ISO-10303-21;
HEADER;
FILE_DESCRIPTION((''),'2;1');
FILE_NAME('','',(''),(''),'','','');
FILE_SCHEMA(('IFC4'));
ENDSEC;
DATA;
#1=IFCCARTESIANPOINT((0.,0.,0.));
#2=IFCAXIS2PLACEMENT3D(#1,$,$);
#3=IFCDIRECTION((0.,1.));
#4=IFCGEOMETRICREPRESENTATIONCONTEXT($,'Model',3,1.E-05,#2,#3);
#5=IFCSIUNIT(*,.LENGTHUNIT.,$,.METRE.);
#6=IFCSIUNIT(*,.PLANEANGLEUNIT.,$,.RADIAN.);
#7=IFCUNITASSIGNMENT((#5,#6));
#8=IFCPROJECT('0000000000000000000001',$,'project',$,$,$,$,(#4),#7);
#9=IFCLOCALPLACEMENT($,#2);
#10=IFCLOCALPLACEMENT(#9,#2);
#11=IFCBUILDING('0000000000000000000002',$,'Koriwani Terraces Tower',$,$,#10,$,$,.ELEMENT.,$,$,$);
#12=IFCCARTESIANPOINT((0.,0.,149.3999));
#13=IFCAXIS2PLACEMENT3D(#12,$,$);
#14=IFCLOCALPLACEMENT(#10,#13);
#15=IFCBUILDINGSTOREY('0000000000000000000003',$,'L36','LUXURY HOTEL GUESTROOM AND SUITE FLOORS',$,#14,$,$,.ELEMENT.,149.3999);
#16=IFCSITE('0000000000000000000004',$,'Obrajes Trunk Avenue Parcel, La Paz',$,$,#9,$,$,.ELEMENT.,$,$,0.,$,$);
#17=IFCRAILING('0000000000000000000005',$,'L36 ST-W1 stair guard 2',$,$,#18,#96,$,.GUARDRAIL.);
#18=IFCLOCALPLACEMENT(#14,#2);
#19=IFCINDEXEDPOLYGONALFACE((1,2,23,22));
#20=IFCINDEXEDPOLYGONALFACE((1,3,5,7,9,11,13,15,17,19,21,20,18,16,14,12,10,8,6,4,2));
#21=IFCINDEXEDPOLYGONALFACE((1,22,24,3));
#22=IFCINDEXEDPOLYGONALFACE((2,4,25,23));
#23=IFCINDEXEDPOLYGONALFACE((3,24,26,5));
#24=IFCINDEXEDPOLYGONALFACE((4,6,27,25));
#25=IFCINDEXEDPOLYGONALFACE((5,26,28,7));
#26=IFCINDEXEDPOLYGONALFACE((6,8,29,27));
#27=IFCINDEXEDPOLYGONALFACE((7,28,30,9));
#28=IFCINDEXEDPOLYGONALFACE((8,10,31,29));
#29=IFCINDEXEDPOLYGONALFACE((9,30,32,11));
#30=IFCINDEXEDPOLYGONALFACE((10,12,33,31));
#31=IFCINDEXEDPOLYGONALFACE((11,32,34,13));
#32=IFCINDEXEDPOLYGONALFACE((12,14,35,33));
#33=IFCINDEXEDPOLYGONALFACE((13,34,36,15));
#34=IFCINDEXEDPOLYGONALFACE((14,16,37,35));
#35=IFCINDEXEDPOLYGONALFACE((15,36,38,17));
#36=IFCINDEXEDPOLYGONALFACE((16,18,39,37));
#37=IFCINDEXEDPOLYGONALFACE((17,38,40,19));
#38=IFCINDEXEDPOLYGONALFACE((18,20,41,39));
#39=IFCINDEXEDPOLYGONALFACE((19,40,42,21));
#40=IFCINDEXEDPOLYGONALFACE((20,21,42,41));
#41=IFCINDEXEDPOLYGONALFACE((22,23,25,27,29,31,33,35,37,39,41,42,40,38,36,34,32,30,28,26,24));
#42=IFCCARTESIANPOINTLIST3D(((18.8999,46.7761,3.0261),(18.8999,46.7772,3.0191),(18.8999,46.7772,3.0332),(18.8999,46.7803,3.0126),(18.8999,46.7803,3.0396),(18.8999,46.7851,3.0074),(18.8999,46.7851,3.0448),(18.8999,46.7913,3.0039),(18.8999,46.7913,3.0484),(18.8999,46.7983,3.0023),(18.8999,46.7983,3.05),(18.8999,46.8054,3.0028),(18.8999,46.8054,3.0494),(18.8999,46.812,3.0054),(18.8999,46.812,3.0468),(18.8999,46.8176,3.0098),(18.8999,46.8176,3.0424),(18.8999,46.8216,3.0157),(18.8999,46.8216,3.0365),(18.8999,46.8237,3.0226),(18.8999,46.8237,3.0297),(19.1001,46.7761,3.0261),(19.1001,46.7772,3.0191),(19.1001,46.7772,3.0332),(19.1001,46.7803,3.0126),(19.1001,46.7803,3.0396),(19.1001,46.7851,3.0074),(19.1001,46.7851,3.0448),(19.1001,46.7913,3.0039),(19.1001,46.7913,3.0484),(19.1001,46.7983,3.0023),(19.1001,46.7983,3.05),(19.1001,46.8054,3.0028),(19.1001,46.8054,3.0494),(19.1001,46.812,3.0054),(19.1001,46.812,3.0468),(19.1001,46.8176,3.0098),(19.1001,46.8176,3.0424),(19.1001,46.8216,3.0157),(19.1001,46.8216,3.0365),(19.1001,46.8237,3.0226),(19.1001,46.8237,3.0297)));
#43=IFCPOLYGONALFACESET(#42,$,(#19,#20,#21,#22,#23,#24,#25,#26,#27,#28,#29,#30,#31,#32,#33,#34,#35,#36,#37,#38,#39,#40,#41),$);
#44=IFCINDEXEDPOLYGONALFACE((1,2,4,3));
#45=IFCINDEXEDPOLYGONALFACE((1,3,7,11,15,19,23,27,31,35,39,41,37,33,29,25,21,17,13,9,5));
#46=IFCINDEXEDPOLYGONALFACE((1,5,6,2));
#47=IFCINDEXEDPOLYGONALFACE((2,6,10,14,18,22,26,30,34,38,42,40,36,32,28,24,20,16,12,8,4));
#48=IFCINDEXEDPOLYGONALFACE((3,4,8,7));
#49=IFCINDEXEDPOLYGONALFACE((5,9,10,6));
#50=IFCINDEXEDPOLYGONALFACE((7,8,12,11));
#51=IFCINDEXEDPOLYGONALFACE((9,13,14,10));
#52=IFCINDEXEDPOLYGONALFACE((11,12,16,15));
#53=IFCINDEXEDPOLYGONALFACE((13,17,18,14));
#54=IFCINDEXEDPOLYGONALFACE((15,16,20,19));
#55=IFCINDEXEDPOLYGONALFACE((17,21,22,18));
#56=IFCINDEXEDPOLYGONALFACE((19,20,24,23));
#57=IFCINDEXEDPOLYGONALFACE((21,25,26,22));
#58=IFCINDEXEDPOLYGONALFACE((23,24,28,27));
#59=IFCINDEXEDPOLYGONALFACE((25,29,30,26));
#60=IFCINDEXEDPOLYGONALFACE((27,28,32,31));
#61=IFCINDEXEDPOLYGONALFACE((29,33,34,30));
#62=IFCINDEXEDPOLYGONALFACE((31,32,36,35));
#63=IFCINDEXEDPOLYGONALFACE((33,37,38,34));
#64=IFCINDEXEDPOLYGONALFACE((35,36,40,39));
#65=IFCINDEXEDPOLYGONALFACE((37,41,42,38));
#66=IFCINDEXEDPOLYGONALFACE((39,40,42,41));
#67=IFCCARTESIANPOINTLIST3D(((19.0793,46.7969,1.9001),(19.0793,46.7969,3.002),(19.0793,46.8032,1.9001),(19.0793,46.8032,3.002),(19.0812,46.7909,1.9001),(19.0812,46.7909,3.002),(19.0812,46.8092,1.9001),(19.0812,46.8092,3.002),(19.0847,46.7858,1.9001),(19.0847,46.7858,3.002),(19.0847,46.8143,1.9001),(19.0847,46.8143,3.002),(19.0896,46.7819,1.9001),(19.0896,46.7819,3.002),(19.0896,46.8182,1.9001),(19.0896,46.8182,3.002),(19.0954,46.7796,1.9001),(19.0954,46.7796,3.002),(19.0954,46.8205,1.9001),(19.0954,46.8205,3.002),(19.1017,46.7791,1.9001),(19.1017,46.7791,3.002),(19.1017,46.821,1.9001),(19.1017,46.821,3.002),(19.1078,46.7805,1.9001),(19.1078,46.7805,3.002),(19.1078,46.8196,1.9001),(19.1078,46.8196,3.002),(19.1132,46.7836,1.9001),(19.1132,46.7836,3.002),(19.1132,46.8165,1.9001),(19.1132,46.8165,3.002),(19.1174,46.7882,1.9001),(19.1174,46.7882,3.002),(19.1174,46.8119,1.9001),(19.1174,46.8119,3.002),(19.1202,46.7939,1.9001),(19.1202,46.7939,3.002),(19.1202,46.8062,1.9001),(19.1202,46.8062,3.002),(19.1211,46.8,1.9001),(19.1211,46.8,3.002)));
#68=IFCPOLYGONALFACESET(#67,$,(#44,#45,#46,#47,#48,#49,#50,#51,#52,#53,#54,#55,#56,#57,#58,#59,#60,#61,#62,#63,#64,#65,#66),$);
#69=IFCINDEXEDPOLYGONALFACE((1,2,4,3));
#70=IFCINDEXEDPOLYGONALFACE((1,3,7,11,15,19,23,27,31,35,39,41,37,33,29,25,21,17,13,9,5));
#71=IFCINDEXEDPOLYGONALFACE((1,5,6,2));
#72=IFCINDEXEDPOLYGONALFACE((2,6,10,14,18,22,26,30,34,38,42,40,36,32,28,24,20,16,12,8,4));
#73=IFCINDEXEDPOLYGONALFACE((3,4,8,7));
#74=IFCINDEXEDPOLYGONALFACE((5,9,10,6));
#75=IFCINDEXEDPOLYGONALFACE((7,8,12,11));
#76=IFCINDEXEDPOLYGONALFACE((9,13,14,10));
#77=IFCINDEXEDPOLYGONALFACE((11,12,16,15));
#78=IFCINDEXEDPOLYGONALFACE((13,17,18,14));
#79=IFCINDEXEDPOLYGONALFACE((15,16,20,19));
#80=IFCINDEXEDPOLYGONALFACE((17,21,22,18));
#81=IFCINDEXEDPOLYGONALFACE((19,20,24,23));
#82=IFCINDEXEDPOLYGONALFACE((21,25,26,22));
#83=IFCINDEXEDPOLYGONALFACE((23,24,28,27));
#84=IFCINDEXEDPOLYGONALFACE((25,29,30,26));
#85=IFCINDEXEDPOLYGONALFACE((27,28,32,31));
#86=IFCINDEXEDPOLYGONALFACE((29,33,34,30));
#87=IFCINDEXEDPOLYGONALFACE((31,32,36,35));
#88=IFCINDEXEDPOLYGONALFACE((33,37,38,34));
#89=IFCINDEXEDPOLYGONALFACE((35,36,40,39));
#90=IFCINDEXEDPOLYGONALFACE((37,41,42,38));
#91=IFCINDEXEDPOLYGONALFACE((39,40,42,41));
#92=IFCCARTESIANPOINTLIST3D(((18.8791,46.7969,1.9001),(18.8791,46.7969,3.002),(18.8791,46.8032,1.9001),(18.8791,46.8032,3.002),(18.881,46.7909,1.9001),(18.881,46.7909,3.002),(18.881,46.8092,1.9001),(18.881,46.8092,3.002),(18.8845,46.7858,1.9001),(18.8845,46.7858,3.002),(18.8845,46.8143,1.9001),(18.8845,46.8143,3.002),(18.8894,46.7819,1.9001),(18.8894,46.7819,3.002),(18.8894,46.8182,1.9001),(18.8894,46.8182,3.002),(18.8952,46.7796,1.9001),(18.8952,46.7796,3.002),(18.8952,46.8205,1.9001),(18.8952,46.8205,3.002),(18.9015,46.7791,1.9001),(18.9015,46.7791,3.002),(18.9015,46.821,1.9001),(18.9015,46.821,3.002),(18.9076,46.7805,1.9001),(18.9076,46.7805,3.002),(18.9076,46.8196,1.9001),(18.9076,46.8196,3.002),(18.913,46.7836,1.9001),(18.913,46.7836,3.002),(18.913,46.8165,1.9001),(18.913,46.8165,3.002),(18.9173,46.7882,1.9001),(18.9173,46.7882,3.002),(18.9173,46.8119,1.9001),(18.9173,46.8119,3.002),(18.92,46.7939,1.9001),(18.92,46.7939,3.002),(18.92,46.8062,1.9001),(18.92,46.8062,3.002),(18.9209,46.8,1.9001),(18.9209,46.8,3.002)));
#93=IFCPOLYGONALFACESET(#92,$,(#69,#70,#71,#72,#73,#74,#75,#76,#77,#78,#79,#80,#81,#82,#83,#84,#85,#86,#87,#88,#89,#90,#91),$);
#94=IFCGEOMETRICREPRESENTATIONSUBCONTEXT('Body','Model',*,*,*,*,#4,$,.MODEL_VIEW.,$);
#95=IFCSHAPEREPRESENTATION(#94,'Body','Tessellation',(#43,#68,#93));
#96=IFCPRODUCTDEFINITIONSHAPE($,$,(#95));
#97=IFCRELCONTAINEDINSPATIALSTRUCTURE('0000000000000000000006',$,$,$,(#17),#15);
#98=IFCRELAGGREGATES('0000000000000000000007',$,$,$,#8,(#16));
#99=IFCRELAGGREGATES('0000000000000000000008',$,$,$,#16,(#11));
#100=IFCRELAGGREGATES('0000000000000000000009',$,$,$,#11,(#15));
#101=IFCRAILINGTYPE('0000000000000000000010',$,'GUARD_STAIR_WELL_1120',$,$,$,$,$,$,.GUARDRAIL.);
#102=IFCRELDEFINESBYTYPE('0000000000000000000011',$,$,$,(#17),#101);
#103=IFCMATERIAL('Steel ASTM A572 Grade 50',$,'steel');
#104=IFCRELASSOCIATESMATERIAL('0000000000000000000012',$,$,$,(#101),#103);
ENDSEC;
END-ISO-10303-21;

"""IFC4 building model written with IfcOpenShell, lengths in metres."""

from ifc_helpers import new_model, si_unit, direction, frame, origin, origin_2d, place, context, subcontext, project, spatial, circle, extrude, material, type_object, element, save


model = new_model("IFC4")

# Units and contexts
model_context = context("Model", 3, precision=1e-05, world=origin(), true_north=direction((0.0, 1.0)))
body_context = subcontext(model_context, "Body", "Model", "MODEL_VIEW")
ifc_project = project(units=[si_unit("LENGTHUNIT", "METRE"), si_unit("PLANEANGLEUNIT", "RADIAN")], contexts=[model_context])

# Site, building, storey
site_placement = place(None, origin())
site = spatial("IfcSite", under=ifc_project, at=site_placement, Name="Obrajes Trunk Avenue Parcel, La Paz", CompositionType="ELEMENT", RefElevation=0.0)
building_placement = place(site_placement, origin())
building = spatial("IfcBuilding", under=site, at=building_placement, Name="Koriwani Terraces Tower", CompositionType="ELEMENT")
storey_placement = place(building_placement, frame((0.0, 0.0, 149.3999)))
storey = spatial("IfcBuildingStorey", under=building, at=storey_placement, Name="L36", Description="LUXURY HOTEL GUESTROOM AND SUITE FLOORS", CompositionType="ELEMENT", Elevation=149.3999)

# Shared definitions
ifc_material_1 = material(Name="Steel ASTM A572 Grade 50", Category="steel")

# Railing
railing_type_1 = type_object("IfcRailingType", Name="GUARD_STAIR_WELL_1120", PredefinedType="GUARDRAIL", material=ifc_material_1)
railing_1_placement = place(storey_placement, frame((19.1001, 46.8, 1.9001)))
element("IfcRailing", 1, at=railing_1_placement, inside=storey, type_object=railing_type_1, Name="L36 ST-W1 stair guard 2", PredefinedType="GUARDRAIL", context=body_context, shape_type="SweptSolid", body=[
    extrude(circle(Radius=0.0239, at=origin_2d()), frame((0.0, 0.0, 1.126), z_axis=(-1.0, 0.0, 0.0), x_axis=(0.0, -1.0, 0.0)), (0.0, 0.0, 1.0), 0.2002),
    extrude(circle(Radius=0.021, at=origin_2d()), origin(), (0.0, 0.0, 1.0), 1.1018),
    extrude(circle(Radius=0.021, at=origin_2d()), frame((-0.2002, 0.0, 0.0)), (0.0, 0.0, 1.0), 1.1018),
])

save(model, "model.ifc")
